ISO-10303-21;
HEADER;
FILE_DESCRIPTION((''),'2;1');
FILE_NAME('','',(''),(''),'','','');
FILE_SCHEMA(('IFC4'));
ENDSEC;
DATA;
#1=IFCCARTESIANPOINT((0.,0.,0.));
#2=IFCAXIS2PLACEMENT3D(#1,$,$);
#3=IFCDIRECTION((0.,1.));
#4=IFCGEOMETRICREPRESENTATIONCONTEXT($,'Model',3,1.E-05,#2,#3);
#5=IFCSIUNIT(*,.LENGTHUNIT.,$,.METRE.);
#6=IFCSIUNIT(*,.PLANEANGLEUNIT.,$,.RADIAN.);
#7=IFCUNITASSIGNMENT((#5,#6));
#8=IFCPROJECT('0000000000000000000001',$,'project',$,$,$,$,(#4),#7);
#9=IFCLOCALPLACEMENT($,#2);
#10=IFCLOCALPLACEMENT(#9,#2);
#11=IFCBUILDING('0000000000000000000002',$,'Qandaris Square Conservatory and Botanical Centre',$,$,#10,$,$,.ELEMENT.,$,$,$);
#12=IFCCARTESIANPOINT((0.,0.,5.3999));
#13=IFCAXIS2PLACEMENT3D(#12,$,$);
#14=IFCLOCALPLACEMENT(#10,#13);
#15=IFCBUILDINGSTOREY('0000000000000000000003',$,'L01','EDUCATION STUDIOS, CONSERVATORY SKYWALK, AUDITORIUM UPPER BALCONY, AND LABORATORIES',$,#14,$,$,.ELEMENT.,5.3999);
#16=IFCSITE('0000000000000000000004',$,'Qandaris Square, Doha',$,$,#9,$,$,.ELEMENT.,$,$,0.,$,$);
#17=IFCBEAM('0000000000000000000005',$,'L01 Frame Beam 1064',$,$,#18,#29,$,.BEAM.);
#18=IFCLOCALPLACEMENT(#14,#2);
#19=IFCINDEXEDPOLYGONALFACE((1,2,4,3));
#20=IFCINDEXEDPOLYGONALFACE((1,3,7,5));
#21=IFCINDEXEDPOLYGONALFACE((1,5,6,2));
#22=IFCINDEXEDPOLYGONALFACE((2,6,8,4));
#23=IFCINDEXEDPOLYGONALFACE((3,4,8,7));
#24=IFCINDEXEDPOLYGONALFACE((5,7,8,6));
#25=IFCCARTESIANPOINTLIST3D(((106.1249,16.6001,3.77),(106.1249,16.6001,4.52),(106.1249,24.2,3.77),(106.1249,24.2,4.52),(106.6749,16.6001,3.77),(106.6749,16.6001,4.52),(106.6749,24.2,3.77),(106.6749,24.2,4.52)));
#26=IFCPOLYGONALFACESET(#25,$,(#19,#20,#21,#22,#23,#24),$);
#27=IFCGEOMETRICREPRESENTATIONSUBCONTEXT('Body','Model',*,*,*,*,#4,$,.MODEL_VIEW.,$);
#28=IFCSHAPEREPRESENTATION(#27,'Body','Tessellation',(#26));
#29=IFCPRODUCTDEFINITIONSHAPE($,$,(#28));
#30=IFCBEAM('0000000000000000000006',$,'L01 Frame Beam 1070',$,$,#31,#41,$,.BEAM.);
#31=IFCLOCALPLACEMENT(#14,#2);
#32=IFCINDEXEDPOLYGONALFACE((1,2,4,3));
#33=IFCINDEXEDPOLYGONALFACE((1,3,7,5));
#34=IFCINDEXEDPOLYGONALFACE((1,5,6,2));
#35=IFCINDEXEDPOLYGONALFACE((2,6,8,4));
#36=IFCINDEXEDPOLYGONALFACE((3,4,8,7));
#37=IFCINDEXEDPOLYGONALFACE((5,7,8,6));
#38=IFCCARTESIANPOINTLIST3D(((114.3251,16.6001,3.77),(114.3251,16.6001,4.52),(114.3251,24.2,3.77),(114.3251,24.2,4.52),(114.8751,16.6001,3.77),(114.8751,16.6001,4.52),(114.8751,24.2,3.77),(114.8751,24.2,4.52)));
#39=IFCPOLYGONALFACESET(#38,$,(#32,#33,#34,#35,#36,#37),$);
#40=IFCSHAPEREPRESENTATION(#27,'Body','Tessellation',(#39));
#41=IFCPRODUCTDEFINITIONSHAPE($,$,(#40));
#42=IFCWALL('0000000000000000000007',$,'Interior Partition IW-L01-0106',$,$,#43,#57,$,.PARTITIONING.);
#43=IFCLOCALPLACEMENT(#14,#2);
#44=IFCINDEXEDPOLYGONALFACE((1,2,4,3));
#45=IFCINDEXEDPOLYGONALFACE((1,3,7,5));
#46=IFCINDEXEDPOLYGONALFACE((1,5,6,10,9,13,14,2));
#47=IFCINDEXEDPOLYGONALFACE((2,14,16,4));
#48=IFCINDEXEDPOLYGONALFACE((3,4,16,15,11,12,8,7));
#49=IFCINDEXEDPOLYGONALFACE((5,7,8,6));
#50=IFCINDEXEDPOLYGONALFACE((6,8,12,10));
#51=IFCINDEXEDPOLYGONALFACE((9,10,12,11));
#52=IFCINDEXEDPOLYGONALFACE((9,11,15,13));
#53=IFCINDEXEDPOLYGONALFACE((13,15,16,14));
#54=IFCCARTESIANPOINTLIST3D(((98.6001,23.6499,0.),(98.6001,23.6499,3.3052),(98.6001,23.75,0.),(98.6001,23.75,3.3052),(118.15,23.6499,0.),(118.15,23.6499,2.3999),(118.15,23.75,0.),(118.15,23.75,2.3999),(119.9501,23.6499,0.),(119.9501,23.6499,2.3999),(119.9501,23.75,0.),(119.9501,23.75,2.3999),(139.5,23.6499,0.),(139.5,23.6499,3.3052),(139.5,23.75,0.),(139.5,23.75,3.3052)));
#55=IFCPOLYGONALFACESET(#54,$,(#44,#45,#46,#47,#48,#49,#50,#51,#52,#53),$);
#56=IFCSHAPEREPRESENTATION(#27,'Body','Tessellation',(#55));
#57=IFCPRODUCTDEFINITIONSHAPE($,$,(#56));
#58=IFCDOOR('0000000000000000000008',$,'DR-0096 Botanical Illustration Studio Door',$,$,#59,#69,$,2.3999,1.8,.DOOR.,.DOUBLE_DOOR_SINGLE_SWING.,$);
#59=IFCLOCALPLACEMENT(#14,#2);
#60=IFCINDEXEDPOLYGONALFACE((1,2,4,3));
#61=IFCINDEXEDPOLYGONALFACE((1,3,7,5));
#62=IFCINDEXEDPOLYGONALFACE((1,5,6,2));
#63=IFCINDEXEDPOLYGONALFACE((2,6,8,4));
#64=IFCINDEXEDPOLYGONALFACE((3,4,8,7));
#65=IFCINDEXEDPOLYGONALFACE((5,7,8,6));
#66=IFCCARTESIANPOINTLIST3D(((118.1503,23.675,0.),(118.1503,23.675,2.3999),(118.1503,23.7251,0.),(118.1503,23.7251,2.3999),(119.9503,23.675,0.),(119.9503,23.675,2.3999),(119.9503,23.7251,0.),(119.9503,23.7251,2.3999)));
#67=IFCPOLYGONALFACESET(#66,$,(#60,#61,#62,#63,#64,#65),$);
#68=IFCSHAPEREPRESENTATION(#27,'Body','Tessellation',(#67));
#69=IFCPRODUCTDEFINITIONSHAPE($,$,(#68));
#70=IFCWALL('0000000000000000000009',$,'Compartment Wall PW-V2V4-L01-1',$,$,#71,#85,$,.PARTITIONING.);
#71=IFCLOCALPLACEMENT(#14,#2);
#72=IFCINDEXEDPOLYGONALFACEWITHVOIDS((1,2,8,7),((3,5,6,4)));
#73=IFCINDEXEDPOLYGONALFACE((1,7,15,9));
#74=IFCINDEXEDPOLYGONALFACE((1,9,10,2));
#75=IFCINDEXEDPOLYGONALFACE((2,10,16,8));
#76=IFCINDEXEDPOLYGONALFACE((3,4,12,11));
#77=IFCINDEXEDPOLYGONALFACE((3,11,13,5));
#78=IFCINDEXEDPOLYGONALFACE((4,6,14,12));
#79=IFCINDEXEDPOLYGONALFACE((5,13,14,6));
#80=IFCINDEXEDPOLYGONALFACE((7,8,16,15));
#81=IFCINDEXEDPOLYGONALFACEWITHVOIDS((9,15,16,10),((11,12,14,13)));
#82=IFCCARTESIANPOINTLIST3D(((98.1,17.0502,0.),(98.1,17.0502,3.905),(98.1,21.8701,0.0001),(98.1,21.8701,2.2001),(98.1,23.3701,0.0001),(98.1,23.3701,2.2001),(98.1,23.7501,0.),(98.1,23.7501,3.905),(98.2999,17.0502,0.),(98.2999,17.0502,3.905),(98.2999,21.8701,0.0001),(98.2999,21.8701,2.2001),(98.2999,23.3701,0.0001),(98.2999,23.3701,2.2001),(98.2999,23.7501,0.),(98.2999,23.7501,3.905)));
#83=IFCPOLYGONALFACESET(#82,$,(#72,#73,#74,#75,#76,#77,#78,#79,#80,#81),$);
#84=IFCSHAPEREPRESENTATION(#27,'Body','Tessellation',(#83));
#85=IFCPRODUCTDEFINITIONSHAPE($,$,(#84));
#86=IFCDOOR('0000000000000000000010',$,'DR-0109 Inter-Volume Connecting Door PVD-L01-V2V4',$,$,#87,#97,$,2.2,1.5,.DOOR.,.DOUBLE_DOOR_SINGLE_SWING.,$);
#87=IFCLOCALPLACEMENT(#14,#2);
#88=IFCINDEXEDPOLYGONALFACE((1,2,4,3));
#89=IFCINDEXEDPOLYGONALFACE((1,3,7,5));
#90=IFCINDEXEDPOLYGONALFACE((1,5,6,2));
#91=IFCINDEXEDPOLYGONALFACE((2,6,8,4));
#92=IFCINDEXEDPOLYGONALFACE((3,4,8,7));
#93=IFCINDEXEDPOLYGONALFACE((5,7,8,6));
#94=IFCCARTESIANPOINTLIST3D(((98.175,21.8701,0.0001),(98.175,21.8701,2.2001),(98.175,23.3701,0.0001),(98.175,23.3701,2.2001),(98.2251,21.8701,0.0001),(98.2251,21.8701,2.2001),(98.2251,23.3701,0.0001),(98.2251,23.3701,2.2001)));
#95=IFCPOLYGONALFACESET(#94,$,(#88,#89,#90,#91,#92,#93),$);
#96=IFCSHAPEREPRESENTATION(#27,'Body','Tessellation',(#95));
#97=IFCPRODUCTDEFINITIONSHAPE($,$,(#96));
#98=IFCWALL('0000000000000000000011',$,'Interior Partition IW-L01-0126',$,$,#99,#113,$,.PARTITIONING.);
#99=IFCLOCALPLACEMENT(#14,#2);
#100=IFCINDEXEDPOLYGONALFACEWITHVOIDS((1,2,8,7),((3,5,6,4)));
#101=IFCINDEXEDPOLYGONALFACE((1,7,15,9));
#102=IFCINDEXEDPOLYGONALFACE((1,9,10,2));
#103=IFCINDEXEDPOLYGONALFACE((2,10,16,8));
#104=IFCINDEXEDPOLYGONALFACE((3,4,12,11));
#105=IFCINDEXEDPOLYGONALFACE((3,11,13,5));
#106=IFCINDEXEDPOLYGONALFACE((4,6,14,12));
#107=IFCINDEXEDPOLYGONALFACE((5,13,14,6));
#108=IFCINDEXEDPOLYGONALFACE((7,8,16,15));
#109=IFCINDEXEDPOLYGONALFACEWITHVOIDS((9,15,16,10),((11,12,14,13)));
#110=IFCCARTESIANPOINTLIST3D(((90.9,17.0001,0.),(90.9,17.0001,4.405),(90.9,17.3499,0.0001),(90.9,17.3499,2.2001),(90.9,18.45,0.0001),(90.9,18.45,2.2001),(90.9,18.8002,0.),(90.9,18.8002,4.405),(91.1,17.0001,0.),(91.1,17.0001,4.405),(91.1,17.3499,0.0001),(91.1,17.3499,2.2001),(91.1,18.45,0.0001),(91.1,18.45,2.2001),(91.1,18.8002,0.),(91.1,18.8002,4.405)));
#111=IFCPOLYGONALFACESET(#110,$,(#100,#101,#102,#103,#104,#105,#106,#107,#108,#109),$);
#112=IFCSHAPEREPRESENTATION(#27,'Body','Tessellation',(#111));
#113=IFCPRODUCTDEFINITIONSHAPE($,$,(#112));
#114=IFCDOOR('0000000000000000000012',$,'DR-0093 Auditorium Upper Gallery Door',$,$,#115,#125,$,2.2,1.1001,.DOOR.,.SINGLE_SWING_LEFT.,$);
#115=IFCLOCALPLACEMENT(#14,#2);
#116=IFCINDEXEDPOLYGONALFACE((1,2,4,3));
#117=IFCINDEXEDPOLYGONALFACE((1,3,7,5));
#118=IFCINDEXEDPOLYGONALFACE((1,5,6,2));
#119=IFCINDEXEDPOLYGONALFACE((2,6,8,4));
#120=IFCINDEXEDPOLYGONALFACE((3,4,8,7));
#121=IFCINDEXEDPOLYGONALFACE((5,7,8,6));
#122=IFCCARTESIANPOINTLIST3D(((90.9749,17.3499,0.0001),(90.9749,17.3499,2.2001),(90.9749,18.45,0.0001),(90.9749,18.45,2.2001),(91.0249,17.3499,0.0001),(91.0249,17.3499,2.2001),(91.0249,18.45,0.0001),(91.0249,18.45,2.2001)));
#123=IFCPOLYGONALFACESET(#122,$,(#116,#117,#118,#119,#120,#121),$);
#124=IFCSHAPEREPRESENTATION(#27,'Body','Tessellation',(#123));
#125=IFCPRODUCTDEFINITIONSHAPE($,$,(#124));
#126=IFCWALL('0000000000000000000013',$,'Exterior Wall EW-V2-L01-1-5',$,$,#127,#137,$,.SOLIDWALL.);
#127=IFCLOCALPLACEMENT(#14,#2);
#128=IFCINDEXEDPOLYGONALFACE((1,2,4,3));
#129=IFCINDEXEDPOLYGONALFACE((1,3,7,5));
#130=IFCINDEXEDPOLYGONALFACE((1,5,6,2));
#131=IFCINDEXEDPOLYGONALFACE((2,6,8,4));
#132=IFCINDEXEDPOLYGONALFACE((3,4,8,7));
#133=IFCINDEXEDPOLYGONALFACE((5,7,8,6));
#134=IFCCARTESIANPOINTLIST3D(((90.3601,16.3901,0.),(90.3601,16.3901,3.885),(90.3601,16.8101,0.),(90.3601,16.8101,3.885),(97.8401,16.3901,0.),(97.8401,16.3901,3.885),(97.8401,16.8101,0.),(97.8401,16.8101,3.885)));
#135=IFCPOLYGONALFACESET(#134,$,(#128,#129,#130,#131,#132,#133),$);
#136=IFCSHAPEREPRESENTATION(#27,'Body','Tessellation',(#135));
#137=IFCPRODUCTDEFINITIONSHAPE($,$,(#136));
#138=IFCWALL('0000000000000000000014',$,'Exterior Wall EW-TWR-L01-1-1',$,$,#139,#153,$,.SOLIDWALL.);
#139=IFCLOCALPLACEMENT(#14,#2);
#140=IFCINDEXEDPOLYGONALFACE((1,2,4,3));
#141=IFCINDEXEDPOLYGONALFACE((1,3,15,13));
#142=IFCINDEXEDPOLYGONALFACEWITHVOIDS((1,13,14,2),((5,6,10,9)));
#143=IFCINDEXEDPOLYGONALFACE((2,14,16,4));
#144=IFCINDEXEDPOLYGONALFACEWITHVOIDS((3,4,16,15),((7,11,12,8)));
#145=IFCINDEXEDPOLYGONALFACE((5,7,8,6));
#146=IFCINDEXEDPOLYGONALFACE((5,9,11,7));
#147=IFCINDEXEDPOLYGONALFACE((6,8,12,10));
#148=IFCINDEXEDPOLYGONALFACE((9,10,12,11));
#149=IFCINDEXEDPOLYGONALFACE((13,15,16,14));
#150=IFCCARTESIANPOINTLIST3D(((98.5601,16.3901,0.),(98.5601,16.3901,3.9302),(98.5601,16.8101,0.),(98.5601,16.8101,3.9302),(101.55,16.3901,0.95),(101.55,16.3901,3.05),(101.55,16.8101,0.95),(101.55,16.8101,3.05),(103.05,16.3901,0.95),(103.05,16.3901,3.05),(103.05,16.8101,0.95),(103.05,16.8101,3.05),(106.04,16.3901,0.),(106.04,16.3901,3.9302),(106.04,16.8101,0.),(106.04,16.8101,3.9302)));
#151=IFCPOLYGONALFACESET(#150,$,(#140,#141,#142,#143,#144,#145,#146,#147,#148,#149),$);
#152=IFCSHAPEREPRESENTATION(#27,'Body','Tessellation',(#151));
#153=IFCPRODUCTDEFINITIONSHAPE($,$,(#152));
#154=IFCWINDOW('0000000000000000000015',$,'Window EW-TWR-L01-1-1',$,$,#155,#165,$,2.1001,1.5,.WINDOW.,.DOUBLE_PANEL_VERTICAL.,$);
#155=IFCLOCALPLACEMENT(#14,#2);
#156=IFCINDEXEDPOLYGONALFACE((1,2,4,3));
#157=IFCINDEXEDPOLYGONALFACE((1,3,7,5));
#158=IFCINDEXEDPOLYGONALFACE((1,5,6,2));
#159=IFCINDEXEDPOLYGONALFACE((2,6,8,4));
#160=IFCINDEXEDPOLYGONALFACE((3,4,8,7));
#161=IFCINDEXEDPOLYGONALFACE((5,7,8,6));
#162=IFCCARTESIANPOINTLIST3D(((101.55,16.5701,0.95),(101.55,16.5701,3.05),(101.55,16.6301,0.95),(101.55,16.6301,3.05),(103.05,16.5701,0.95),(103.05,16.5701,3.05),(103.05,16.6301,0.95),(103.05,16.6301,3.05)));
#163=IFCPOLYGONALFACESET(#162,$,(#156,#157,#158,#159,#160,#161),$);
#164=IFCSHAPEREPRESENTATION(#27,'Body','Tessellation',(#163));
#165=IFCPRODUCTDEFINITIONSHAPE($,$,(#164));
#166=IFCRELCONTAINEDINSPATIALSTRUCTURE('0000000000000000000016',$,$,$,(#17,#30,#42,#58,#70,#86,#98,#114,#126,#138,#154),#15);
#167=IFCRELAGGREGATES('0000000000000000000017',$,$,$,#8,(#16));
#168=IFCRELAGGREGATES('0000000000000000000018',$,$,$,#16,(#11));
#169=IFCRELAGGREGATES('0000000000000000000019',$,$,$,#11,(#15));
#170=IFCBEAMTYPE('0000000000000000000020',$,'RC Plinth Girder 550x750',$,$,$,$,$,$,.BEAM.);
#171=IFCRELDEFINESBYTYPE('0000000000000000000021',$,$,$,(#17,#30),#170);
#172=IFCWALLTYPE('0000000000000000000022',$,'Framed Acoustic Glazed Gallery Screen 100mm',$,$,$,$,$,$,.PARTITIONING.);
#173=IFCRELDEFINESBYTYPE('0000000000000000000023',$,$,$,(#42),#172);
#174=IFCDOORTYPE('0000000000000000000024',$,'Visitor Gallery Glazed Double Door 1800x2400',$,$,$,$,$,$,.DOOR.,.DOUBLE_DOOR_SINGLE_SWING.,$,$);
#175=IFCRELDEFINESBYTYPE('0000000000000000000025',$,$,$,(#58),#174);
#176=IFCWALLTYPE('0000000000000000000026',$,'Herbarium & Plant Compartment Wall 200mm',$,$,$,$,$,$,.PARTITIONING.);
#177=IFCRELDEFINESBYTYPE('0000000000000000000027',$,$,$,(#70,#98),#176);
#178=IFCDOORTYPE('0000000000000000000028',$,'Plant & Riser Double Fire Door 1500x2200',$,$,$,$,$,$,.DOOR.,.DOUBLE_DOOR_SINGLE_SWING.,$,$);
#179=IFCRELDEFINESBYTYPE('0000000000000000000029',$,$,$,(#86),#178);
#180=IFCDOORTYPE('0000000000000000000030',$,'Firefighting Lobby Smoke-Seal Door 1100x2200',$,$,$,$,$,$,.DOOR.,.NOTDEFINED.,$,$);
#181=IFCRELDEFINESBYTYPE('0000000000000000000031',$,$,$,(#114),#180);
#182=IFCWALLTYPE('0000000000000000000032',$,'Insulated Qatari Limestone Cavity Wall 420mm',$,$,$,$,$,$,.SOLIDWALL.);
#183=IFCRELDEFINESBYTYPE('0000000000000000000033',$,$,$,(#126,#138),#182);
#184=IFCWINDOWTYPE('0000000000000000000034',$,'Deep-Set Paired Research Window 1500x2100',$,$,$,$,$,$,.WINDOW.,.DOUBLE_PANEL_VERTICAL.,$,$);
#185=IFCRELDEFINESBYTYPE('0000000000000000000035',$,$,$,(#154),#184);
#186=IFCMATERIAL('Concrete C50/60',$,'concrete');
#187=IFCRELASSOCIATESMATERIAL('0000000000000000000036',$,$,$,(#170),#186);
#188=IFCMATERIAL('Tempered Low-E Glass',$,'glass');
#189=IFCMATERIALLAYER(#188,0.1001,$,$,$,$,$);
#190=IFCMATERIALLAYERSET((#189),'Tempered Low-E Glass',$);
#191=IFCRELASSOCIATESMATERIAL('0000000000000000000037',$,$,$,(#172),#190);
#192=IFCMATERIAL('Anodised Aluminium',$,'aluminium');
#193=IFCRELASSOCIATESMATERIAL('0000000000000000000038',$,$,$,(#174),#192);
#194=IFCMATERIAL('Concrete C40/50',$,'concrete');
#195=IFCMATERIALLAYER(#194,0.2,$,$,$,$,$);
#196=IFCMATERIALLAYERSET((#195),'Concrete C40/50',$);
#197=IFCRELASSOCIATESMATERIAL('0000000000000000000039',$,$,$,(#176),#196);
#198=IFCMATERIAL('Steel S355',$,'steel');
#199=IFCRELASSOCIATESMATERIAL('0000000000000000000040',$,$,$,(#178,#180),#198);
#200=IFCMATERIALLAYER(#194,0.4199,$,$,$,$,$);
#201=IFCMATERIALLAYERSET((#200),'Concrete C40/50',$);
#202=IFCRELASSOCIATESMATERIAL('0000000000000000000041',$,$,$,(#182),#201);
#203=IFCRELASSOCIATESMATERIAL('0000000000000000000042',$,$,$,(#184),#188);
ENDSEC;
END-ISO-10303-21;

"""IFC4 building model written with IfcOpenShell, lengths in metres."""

from ifc_helpers import new_model, si_unit, direction, frame, frame_2d, origin, origin_2d, place, context, subcontext, project, spatial, rectangle, extrude, material, layer, layer_set, material_profile, profile_set, type_object, element, fill, save


model = new_model("IFC4")

# Units and contexts
model_context = context("Model", 3, precision=1e-05, world=origin(), true_north=direction((0.0, 1.0)))
body_context = subcontext(model_context, "Body", "Model", "MODEL_VIEW")
ifc_project = project(units=[si_unit("LENGTHUNIT", "METRE"), si_unit("PLANEANGLEUNIT", "RADIAN")], contexts=[model_context])

# Site, building, storey
site_placement = place(None, origin())
site = spatial("IfcSite", under=ifc_project, at=site_placement, Name="Qandaris Square, Doha", CompositionType="ELEMENT", RefElevation=0.0)
building_placement = place(site_placement, origin())
building = spatial("IfcBuilding", under=site, at=building_placement, Name="Qandaris Square Conservatory and Botanical Centre", CompositionType="ELEMENT")
storey_placement = place(building_placement, frame((0.0, 0.0, 5.3999)))
storey = spatial("IfcBuildingStorey", under=building, at=storey_placement, Name="L01", Description="EDUCATION STUDIOS, CONSERVATORY SKYWALK, AUDITORIUM UPPER BALCONY, AND LABORATORIES", CompositionType="ELEMENT", Elevation=5.3999)

# Shared definitions
ifc_material_1 = material(Name="Concrete C50/60", Category="concrete")
ifc_material_2 = material(Name="Concrete C40/50", Category="concrete")

# Shared definitions
ifc_material_3 = material(Name="Steel S355", Category="steel")

# Beams
ifc_material_profile_1 = material_profile(ifc_material_1, rectangle(XDim=0.55, YDim=0.75, at=origin_2d()), Name="RC-BM 550x750")
ifc_profile_set_1 = profile_set([ifc_material_profile_1], Name="Concrete C50/60")
beam_type_1 = type_object("IfcBeamType", Name="RC Plinth Girder 550x750", PredefinedType="BEAM", material=ifc_profile_set_1)
for number, where, z_axis, x_axis, name in (
    (1, (106.3999, 16.6001, 4.145), (0.0, 1.0, 0.0), (-1.0, 0.0, 0.0), "L01 Frame Beam 1064"),
    (2, (114.6001, 16.6001, 4.145), (0.0, 1.0, 0.0), (-1.0, 0.0, 0.0), "L01 Frame Beam 1070"),
):
    element("IfcBeam", number, at=place(storey_placement, frame(where, z_axis=z_axis, x_axis=x_axis)), inside=storey, type_object=beam_type_1, Name=name, PredefinedType="BEAM", context=body_context, shape_type="SweptSolid", body=[
        extrude(rectangle(XDim=0.55, YDim=0.75, at=origin_2d()), origin(), (0.0, 0.0, 1.0), 7.5999),
    ])

# Walls, openings, doors
ifc_material_4 = material(Name="Tempered Low-E Glass", Category="glass")
ifc_layer_1 = layer(ifc_material_4, 0.1001)
ifc_layer_set_1 = layer_set([ifc_layer_1], Name="Tempered Low-E Glass")
wall_type_1 = type_object("IfcWallType", Name="Framed Acoustic Glazed Gallery Screen 100mm", PredefinedType="PARTITIONING", material=ifc_layer_set_1)
wall_1_placement = place(storey_placement, frame((98.6001, 23.7, 0.0), z_axis=(0.0, 0.0, 1.0), x_axis=(1.0, 0.0, 0.0)))
wall_1 = element("IfcWall", 3, at=wall_1_placement, inside=storey, type_object=wall_type_1, Name="Interior Partition IW-L01-0106", PredefinedType="PARTITIONING", context=body_context, shape_type="SweptSolid", body=[
    extrude(rectangle(XDim=40.8999, YDim=0.1001, at=frame_2d((20.45, 0.0))), origin(), (0.0, 0.0, 1.0), 3.3052),
])
opening_1_placement = place(wall_1_placement, frame((19.55, 0.0, 0.0)))
opening_1 = element("IfcOpeningElement", 4, at=opening_1_placement, cuts=wall_1, PredefinedType="OPENING", context=body_context, shape_type="SweptSolid", body=[
    extrude(rectangle(XDim=1.8, YDim=2.3999, at=frame_2d((0.8999, 1.2))), frame((0.0, 0.062, 0.0), z_axis=(0.0, -1.0, 0.0), x_axis=(1.0, 0.0, 0.0)), (0.0, 0.0, 1.0), 0.124),
])
ifc_material_5 = material(Name="Anodised Aluminium", Category="aluminium")
door_type_1 = type_object("IfcDoorType", Name="Visitor Gallery Glazed Double Door 1800x2400", OperationType="DOUBLE_DOOR_SINGLE_SWING", PredefinedType="DOOR", material=ifc_material_5)
door_1_placement = place(opening_1_placement, frame((1.8, 0.0, 0.0), z_axis=(0.0, 0.0, 1.0), x_axis=(-1.0, 0.0, 0.0)))
door_1 = element("IfcDoor", 5, at=door_1_placement, inside=storey, type_object=door_type_1, Name="DR-0096 Botanical Illustration Studio Door", OperationType="DOUBLE_DOOR_SINGLE_SWING", OverallHeight=2.3999, OverallWidth=1.8, PredefinedType="DOOR", context=body_context, shape_type="SweptSolid", body=[
    extrude(rectangle(XDim=1.8, YDim=2.3999, at=frame_2d((0.8999, 1.2))), frame((0.0, 0.0249, 0.0), z_axis=(0.0, -1.0, 0.0), x_axis=(1.0, 0.0, 0.0)), (0.0, 0.0, 1.0), 0.05),
])
fill(opening_1, door_1)
ifc_layer_2 = layer(ifc_material_2, 0.2)
ifc_layer_set_2 = layer_set([ifc_layer_2], Name="Concrete C40/50")
wall_type_2 = type_object("IfcWallType", Name="Herbarium & Plant Compartment Wall 200mm", PredefinedType="PARTITIONING", material=ifc_layer_set_2)
wall_2_placement = place(storey_placement, frame((98.2, 17.05, 0.0), z_axis=(0.0, 0.0, 1.0), x_axis=(0.0, 1.0, 0.0)))
wall_2 = element("IfcWall", 6, at=wall_2_placement, inside=storey, type_object=wall_type_2, Name="Compartment Wall PW-V2V4-L01-1", PredefinedType="PARTITIONING", context=body_context, shape_type="SweptSolid", body=[
    extrude(rectangle(XDim=6.7, YDim=0.2, at=frame_2d((3.3501, 0.0))), origin(), (0.0, 0.0, 1.0), 3.905),
])
opening_2_placement = place(wall_2_placement, frame((4.8201, 0.0, 0.0)))
opening_2 = element("IfcOpeningElement", 7, at=opening_2_placement, cuts=wall_2, PredefinedType="OPENING", context=body_context, shape_type="SweptSolid", body=[
    extrude(rectangle(XDim=1.5, YDim=2.2, at=frame_2d((0.75, 1.1001))), frame((0.0, 0.1118, 0.0), z_axis=(0.0, -1.0, 0.0), x_axis=(1.0, 0.0, 0.0)), (0.0, 0.0, 1.0), 0.2239),
])
door_type_2 = type_object("IfcDoorType", Name="Plant & Riser Double Fire Door 1500x2200", OperationType="DOUBLE_DOOR_SINGLE_SWING", PredefinedType="DOOR", material=ifc_material_3)
door_2_placement = place(opening_2_placement, origin())
door_2 = element("IfcDoor", 8, at=door_2_placement, inside=storey, type_object=door_type_2, Name="DR-0109 Inter-Volume Connecting Door PVD-L01-V2V4", OperationType="DOUBLE_DOOR_SINGLE_SWING", OverallHeight=2.2, OverallWidth=1.5, PredefinedType="DOOR", context=body_context, shape_type="SweptSolid", body=[
    extrude(rectangle(XDim=1.5, YDim=2.2, at=frame_2d((0.75, 1.1001))), frame((0.0, 0.0249, 0.0), z_axis=(0.0, -1.0, 0.0), x_axis=(1.0, 0.0, 0.0)), (0.0, 0.0, 1.0), 0.05),
])
fill(opening_2, door_2)
wall_3_placement = place(storey_placement, frame((91.0, 18.8, 0.0), z_axis=(0.0, 0.0, 1.0), x_axis=(0.0, -1.0, 0.0)))
wall_3 = element("IfcWall", 9, at=wall_3_placement, inside=storey, type_object=wall_type_2, Name="Interior Partition IW-L01-0126", PredefinedType="PARTITIONING", context=body_context, shape_type="SweptSolid", body=[
    extrude(rectangle(XDim=1.8, YDim=0.2, at=frame_2d((0.8999, 0.0))), origin(), (0.0, 0.0, 1.0), 4.405),
])
opening_3_placement = place(wall_3_placement, frame((0.3501, 0.0, 0.0)))
opening_3 = element("IfcOpeningElement", 10, at=opening_3_placement, cuts=wall_3, PredefinedType="OPENING", context=body_context, shape_type="SweptSolid", body=[
    extrude(rectangle(XDim=1.1001, YDim=2.2, at=frame_2d((0.55, 1.1001))), frame((0.0, 0.1118, 0.0), z_axis=(0.0, -1.0, 0.0), x_axis=(1.0, 0.0, 0.0)), (0.0, 0.0, 1.0), 0.2239),
])
door_type_3 = type_object("IfcDoorType", Name="Firefighting Lobby Smoke-Seal Door 1100x2200", OperationType="NOTDEFINED", PredefinedType="DOOR", material=ifc_material_3)
door_3_placement = place(opening_3_placement, origin())
door_3 = element("IfcDoor", 11, at=door_3_placement, inside=storey, type_object=door_type_3, Name="DR-0093 Auditorium Upper Gallery Door", OperationType="SINGLE_SWING_LEFT", OverallHeight=2.2, OverallWidth=1.1001, PredefinedType="DOOR", context=body_context, shape_type="SweptSolid", body=[
    extrude(rectangle(XDim=1.1001, YDim=2.2, at=frame_2d((0.55, 1.1001))), frame((0.0, 0.0249, 0.0), z_axis=(0.0, -1.0, 0.0), x_axis=(1.0, 0.0, 0.0)), (0.0, 0.0, 1.0), 0.05),
])
fill(opening_3, door_3)

# Wall
ifc_layer_3 = layer(ifc_material_2, 0.4199)
ifc_layer_set_3 = layer_set([ifc_layer_3], Name="Concrete C40/50")
wall_type_3 = type_object("IfcWallType", Name="Insulated Qatari Limestone Cavity Wall 420mm", PredefinedType="SOLIDWALL", material=ifc_layer_set_3)
wall_4_placement = place(storey_placement, frame((90.3601, 16.6001, 0.0), z_axis=(0.0, 0.0, 1.0), x_axis=(1.0, 0.0, 0.0)))
element("IfcWall", 12, at=wall_4_placement, inside=storey, type_object=wall_type_3, Name="Exterior Wall EW-V2-L01-1-5", PredefinedType="SOLIDWALL", context=body_context, shape_type="SweptSolid", body=[
    extrude(rectangle(XDim=7.48, YDim=0.4199, at=frame_2d((3.74, 0.0))), origin(), (0.0, 0.0, 1.0), 3.885),
])

# Wall, opening, window
wall_5_placement = place(storey_placement, frame((98.5601, 16.6001, 0.0), z_axis=(0.0, 0.0, 1.0), x_axis=(1.0, 0.0, 0.0)))
wall_5 = element("IfcWall", 13, at=wall_5_placement, inside=storey, type_object=wall_type_3, Name="Exterior Wall EW-TWR-L01-1-1", PredefinedType="SOLIDWALL", context=body_context, shape_type="SweptSolid", body=[
    extrude(rectangle(XDim=7.48, YDim=0.4199, at=frame_2d((3.74, 0.0))), origin(), (0.0, 0.0, 1.0), 3.9302),
])
opening_4_placement = place(wall_5_placement, frame((2.99, 0.0, 0.95)))
opening_4 = element("IfcOpeningElement", 14, at=opening_4_placement, cuts=wall_5, PredefinedType="OPENING", context=body_context, shape_type="SweptSolid", body=[
    extrude(rectangle(XDim=1.5, YDim=2.1001, at=frame_2d((0.75, 1.05))), frame((0.0, 0.2219, 0.0), z_axis=(0.0, -1.0, 0.0), x_axis=(1.0, 0.0, 0.0)), (0.0, 0.0, 1.0), 0.4438),
])
window_type_1 = type_object("IfcWindowType", Name="Deep-Set Paired Research Window 1500x2100", PartitioningType="DOUBLE_PANEL_VERTICAL", PredefinedType="WINDOW", material=ifc_material_4)
window_1_placement = place(opening_4_placement, origin())
window_1 = element("IfcWindow", 15, at=window_1_placement, inside=storey, type_object=window_type_1, Name="Window EW-TWR-L01-1-1", OverallHeight=2.1001, OverallWidth=1.5, PartitioningType="DOUBLE_PANEL_VERTICAL", PredefinedType="WINDOW", context=body_context, shape_type="SweptSolid", body=[
    extrude(rectangle(XDim=1.5, YDim=2.1001, at=frame_2d((0.75, 1.05))), frame((0.0, 0.03, 0.0), z_axis=(0.0, -1.0, 0.0), x_axis=(1.0, 0.0, 0.0)), (0.0, 0.0, 1.0), 0.0601),
])
fill(opening_4, window_1)

save(model, "model.ifc")
